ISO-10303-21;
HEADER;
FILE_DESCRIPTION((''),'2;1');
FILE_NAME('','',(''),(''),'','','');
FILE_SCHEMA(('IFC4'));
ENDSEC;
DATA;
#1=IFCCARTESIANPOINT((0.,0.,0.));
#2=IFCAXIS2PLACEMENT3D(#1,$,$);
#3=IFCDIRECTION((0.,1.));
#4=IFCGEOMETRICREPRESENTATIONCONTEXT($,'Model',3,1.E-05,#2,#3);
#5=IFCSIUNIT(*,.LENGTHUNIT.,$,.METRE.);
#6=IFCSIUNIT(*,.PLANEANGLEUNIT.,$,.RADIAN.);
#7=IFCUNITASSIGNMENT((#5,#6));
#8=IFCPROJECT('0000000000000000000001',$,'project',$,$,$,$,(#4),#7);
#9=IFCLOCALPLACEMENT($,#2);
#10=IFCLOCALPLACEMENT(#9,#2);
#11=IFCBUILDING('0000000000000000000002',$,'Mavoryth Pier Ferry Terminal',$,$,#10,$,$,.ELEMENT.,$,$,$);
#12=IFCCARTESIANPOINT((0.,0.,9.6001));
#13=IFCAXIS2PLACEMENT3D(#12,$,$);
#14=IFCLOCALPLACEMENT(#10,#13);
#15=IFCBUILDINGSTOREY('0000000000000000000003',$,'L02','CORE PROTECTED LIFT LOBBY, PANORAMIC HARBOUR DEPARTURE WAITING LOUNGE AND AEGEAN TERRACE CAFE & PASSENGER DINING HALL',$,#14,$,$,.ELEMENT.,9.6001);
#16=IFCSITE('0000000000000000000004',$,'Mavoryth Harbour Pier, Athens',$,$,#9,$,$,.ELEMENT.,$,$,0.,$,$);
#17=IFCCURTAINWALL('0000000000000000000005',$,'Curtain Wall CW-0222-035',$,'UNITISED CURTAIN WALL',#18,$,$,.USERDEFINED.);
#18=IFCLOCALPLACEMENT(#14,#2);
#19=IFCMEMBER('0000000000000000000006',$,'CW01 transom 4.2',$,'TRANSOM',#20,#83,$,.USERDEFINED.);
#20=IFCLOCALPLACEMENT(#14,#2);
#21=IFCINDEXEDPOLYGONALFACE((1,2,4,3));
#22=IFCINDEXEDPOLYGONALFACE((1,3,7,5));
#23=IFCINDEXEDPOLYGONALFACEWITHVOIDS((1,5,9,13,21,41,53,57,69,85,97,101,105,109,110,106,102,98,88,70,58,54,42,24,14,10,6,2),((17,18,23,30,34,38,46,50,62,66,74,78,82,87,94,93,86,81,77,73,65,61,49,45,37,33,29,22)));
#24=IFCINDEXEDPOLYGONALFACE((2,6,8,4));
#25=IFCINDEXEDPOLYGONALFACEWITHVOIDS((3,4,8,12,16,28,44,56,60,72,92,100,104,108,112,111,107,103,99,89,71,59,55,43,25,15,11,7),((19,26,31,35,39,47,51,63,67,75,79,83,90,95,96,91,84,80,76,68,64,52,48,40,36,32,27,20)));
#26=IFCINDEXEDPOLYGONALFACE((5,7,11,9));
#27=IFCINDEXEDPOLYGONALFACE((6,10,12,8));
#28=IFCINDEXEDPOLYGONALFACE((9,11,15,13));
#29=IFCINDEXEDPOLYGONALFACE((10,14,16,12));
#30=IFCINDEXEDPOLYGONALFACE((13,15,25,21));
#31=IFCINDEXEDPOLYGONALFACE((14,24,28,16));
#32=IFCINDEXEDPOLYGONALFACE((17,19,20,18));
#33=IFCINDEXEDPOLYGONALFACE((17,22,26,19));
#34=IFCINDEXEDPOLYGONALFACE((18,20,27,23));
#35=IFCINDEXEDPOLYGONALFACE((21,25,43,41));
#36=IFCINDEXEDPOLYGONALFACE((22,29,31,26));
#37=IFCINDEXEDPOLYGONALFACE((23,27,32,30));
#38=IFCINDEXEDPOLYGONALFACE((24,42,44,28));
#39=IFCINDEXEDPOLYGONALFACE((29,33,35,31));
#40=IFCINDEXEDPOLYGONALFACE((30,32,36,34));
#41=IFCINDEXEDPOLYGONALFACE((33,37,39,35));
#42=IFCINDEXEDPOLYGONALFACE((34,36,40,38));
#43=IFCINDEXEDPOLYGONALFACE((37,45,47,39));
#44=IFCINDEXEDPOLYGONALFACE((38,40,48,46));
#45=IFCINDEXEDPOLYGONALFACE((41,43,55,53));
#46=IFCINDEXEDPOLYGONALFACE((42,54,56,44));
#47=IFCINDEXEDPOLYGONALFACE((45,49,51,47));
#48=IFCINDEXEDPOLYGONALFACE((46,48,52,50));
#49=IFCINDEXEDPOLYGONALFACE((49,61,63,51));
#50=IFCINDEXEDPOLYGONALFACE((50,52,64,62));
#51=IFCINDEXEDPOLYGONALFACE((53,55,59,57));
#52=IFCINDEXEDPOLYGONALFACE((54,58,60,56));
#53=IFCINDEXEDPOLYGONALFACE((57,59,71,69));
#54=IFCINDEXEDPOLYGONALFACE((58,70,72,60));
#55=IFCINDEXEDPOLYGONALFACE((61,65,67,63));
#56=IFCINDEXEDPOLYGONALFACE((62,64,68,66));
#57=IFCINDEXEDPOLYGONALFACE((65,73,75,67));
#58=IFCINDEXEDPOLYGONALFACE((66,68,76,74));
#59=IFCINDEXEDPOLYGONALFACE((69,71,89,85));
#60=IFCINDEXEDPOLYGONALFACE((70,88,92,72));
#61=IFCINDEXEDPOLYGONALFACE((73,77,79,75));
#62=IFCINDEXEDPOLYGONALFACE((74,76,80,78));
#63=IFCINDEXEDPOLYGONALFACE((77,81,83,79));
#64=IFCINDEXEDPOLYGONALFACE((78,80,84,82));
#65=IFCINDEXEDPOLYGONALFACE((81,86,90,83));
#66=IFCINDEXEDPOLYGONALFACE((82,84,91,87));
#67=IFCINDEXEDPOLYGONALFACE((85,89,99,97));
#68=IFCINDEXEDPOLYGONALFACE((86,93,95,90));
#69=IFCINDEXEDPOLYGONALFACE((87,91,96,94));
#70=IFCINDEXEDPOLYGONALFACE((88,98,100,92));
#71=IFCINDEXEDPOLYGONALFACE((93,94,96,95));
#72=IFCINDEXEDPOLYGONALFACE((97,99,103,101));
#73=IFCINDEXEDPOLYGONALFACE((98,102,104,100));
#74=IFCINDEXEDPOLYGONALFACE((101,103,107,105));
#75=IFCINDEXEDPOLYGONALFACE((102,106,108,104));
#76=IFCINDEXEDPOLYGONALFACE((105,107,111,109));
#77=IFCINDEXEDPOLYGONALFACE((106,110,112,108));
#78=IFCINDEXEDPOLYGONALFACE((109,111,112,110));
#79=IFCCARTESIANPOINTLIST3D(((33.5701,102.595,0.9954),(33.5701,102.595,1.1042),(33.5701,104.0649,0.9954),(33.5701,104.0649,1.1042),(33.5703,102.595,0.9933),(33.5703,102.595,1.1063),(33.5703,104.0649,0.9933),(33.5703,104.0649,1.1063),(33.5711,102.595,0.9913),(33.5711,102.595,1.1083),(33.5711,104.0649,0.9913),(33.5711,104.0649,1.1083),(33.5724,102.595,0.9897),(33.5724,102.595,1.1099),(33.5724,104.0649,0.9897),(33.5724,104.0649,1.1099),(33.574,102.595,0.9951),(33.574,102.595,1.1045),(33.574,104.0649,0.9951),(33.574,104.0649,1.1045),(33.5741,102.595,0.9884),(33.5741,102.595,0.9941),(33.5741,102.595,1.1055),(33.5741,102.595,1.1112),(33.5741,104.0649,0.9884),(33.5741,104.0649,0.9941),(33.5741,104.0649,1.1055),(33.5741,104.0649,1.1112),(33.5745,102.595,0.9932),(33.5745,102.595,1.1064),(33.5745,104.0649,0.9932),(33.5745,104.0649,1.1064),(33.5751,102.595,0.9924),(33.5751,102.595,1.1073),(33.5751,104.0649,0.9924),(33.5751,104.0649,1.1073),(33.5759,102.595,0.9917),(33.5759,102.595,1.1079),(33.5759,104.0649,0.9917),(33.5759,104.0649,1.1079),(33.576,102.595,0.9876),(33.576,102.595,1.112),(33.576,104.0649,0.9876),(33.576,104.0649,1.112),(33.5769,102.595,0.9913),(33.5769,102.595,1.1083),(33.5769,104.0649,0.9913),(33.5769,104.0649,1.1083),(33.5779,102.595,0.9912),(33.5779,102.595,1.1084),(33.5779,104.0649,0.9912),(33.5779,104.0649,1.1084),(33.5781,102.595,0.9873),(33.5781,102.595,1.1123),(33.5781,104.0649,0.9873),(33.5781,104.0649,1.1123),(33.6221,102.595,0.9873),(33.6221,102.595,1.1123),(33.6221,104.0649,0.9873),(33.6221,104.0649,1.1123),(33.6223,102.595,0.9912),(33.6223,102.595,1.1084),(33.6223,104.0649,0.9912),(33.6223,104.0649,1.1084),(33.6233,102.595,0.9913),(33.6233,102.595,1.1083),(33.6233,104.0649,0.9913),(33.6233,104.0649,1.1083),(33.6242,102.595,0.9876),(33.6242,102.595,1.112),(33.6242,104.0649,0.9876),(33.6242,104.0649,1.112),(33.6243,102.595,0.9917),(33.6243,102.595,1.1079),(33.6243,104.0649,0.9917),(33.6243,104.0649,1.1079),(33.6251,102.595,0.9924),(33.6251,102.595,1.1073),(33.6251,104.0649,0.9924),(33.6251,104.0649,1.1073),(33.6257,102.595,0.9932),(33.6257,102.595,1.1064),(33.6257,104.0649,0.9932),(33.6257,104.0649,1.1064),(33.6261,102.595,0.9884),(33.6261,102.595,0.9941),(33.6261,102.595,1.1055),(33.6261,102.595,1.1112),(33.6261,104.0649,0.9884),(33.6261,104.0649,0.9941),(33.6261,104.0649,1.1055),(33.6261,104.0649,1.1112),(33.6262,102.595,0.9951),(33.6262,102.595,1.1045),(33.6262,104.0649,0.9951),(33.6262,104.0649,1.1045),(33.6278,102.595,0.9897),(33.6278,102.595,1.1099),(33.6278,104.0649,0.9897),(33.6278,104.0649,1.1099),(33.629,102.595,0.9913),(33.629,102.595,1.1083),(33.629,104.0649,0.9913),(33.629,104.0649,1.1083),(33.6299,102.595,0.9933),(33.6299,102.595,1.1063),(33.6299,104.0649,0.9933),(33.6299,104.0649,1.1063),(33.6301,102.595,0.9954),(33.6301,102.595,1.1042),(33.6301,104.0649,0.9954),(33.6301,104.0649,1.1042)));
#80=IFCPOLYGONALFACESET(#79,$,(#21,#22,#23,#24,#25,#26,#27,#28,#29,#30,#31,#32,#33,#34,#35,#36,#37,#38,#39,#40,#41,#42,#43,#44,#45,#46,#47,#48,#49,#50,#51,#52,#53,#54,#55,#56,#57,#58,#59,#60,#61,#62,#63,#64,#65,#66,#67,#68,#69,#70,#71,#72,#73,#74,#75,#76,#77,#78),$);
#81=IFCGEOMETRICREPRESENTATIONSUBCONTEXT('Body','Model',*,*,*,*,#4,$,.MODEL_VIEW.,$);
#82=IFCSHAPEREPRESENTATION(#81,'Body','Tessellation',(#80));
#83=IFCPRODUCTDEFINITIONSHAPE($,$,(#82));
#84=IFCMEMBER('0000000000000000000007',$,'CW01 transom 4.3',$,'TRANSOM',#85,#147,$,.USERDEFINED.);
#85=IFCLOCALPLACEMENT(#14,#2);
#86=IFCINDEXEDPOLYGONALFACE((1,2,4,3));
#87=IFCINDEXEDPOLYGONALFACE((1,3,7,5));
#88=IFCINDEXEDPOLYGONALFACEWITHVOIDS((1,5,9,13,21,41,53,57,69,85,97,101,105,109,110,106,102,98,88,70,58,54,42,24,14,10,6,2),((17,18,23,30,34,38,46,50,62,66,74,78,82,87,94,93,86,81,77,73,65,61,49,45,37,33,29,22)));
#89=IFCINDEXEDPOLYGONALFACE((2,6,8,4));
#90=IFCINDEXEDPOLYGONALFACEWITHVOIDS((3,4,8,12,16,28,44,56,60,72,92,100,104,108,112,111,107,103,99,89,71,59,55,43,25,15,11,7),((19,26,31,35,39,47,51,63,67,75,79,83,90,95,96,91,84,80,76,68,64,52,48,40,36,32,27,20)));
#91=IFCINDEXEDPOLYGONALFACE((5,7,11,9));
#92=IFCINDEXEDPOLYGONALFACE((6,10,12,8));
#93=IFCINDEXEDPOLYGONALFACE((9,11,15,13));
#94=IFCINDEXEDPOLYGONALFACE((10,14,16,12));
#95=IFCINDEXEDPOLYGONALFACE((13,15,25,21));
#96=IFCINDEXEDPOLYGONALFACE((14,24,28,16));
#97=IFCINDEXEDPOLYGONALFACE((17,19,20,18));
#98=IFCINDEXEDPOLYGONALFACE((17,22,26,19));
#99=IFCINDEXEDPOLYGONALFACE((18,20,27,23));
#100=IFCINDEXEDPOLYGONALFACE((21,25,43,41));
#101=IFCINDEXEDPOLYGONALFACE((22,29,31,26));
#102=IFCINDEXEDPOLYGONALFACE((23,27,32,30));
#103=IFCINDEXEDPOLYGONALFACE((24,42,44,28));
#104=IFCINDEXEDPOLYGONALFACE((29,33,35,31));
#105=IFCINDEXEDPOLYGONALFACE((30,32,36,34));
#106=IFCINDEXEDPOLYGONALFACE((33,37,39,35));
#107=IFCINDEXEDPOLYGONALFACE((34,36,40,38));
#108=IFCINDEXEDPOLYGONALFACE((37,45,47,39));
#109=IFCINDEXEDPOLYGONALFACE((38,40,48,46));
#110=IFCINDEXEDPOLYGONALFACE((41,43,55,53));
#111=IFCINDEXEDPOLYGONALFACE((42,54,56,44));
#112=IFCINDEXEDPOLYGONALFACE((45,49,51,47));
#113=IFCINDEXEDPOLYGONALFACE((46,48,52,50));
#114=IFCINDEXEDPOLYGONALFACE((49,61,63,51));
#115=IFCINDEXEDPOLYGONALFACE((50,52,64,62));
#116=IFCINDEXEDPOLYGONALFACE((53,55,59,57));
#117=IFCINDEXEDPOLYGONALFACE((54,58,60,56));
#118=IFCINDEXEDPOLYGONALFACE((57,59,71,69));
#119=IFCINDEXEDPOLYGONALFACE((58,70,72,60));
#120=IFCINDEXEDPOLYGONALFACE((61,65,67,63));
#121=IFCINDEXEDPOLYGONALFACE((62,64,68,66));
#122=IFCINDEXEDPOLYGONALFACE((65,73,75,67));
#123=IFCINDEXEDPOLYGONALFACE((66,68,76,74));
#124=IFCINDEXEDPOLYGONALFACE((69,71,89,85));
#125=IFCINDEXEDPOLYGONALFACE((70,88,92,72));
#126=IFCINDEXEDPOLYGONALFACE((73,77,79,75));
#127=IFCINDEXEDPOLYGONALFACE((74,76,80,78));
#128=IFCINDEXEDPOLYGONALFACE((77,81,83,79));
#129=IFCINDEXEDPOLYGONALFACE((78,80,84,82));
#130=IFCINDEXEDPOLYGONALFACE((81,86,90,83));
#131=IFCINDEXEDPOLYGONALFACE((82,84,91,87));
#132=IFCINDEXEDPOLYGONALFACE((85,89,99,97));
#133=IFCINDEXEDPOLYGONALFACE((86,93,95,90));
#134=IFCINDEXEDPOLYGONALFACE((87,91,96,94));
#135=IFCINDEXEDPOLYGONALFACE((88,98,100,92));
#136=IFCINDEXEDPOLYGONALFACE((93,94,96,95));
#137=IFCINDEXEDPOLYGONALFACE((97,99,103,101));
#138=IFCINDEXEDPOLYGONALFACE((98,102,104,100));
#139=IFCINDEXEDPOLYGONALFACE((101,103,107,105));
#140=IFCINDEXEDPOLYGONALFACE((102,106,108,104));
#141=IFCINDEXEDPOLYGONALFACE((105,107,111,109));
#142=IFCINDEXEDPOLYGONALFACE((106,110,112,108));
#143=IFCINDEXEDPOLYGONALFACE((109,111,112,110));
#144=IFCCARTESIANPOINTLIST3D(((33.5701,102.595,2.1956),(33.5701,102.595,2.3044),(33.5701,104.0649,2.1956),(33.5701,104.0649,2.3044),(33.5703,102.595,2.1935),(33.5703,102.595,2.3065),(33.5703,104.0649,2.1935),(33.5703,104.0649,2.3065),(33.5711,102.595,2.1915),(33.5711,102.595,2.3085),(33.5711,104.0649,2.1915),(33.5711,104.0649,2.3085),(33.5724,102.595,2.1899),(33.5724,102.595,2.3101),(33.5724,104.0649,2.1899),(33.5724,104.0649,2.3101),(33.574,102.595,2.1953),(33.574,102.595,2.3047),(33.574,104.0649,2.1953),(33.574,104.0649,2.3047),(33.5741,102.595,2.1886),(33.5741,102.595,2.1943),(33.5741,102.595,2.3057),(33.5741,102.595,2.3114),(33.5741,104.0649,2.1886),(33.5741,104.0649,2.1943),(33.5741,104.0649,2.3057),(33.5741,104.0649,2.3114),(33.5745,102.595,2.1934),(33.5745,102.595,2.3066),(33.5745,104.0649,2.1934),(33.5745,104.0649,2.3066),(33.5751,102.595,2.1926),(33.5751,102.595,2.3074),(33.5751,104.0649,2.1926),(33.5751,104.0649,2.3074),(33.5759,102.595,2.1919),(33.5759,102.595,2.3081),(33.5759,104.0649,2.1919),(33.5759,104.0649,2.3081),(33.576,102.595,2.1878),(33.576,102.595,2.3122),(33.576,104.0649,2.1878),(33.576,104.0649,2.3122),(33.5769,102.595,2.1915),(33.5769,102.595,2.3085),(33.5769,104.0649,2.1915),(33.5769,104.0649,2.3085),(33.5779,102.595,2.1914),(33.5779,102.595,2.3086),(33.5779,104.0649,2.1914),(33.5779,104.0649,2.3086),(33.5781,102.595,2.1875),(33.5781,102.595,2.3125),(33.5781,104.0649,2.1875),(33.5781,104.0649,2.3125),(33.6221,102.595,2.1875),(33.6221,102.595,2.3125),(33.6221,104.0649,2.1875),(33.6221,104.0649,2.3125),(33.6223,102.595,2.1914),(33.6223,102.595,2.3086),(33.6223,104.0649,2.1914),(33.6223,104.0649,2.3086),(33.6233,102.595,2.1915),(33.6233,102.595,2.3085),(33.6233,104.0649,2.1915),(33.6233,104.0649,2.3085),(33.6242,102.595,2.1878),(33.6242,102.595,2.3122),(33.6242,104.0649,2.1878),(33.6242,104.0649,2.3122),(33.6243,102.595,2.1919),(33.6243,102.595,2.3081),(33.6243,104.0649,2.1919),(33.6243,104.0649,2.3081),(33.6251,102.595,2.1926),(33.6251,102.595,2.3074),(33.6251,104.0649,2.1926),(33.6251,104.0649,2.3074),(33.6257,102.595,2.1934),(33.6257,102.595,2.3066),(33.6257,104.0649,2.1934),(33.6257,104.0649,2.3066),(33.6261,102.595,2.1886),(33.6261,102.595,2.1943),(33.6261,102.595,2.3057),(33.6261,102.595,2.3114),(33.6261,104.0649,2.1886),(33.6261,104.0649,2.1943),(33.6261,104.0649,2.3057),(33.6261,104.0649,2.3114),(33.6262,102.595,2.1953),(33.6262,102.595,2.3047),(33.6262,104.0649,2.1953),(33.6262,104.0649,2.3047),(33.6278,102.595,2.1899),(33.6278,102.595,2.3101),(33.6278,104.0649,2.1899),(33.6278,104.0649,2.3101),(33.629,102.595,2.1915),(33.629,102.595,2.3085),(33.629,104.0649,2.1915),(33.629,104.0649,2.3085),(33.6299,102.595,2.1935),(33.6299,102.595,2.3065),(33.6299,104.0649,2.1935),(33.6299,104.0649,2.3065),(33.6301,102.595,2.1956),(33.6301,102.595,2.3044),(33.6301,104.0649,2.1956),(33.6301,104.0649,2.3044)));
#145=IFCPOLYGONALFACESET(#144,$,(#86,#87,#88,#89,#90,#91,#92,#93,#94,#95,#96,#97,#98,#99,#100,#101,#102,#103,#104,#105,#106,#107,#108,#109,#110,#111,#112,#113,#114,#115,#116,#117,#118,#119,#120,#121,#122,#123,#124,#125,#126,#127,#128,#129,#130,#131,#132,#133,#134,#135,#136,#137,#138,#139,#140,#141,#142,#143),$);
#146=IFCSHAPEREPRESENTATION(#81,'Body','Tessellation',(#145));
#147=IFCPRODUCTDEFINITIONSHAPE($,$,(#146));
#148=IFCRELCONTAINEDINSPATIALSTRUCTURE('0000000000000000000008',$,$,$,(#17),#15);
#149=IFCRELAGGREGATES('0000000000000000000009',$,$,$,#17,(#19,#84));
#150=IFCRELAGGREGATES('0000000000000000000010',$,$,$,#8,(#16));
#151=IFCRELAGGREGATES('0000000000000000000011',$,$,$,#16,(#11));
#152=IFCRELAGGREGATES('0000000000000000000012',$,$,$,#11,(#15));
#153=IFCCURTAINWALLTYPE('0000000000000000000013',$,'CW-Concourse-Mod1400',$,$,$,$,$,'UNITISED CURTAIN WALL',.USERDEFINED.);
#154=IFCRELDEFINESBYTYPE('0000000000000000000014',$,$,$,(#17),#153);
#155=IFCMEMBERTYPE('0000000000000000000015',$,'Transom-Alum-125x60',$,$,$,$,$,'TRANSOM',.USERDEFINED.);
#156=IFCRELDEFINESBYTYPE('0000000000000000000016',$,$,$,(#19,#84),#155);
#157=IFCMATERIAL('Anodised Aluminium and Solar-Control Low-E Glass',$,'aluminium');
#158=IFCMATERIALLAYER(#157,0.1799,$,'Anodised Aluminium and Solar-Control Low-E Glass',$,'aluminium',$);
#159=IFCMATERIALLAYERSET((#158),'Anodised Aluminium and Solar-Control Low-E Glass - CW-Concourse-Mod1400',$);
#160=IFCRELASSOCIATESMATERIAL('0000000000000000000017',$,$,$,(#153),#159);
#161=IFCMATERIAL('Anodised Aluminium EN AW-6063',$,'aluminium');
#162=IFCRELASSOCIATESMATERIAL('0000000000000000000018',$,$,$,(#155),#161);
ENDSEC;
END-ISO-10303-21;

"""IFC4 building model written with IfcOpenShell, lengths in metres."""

from ifc_helpers import new_model, si_unit, direction, frame, origin, origin_2d, place, context, subcontext, project, spatial, hollow_rectangle, extrude, material, layer, layer_set, material_profile, profile_set, type_object, element, aggregate, save


model = new_model("IFC4")

# Units and contexts
model_context = context("Model", 3, precision=1e-05, world=origin(), true_north=direction((0.0, 1.0)))
body_context = subcontext(model_context, "Body", "Model", "MODEL_VIEW")
ifc_project = project(units=[si_unit("LENGTHUNIT", "METRE"), si_unit("PLANEANGLEUNIT", "RADIAN")], contexts=[model_context])

# Site, building, storey
site_placement = place(None, origin())
site = spatial("IfcSite", under=ifc_project, at=site_placement, Name="Mavoryth Harbour Pier, Athens", CompositionType="ELEMENT", RefElevation=0.0)
building_placement = place(site_placement, origin())
building = spatial("IfcBuilding", under=site, at=building_placement, Name="Mavoryth Pier Ferry Terminal", CompositionType="ELEMENT")
storey_placement = place(building_placement, frame((0.0, 0.0, 9.6001)))
storey = spatial("IfcBuildingStorey", under=building, at=storey_placement, Name="L02", Description="CORE PROTECTED LIFT LOBBY, PANORAMIC HARBOUR DEPARTURE WAITING LOUNGE AND AEGEAN TERRACE CAFE & PASSENGER DINING HALL", CompositionType="ELEMENT", Elevation=9.6001)

# Curtain wall
ifc_material_1 = material(Name="Anodised Aluminium and Solar-Control Low-E Glass", Category="aluminium")
ifc_layer_1 = layer(ifc_material_1, 0.1799, Name="Anodised Aluminium and Solar-Control Low-E Glass", Category="aluminium")
ifc_layer_set_1 = layer_set([ifc_layer_1], Name="Anodised Aluminium and Solar-Control Low-E Glass - CW-Concourse-Mod1400")
curtain_wall_type = type_object("IfcCurtainWallType", Name="CW-Concourse-Mod1400", ElementType="UNITISED CURTAIN WALL", PredefinedType="USERDEFINED", material=ifc_layer_set_1)
curtain_wall_placement = place(storey_placement, origin())
curtain_wall = element("IfcCurtainWall", 1, at=curtain_wall_placement, inside=storey, type_object=curtain_wall_type, Name="Curtain Wall CW-0222-035", ObjectType="UNITISED CURTAIN WALL", PredefinedType="USERDEFINED")
ifc_material_2 = material(Name="Anodised Aluminium EN AW-6063", Category="aluminium")

# Members
ifc_material_profile_1 = material_profile(ifc_material_2, hollow_rectangle(XDim=0.0601, YDim=0.125, WallThickness=0.0039, InnerFilletRadius=0.0039, OuterFilletRadius=0.0081, at=origin_2d()), Name="AL-TRAN 125x60x4", Category="aluminium")
ifc_profile_set_1 = profile_set([ifc_material_profile_1], Name="Anodised Aluminium EN AW-6063 - AL-TRAN 125x60x4")
member_type_1 = type_object("IfcMemberType", Name="Transom-Alum-125x60", ElementType="TRANSOM", PredefinedType="USERDEFINED", material=ifc_profile_set_1)
member_1_placement = place(storey_placement, frame((33.6001, 102.595, 1.0498), z_axis=(0.0, 1.0, 0.0), x_axis=(-1.0, 0.0, 0.0)))
member_1 = element("IfcMember", 2, at=member_1_placement, type_object=member_type_1, Name="CW01 transom 4.2", ObjectType="TRANSOM", PredefinedType="USERDEFINED", context=body_context, shape_type="SweptSolid", body=[
    extrude(hollow_rectangle(XDim=0.0601, YDim=0.125, WallThickness=0.0039, InnerFilletRadius=0.0039, OuterFilletRadius=0.0081, at=origin_2d()), origin(), (0.0, 0.0, 1.0), 1.47),
])
member_2_placement = place(storey_placement, frame((33.6001, 102.595, 2.25), z_axis=(0.0, 1.0, 0.0), x_axis=(-1.0, 0.0, 0.0)))
member_2 = element("IfcMember", 3, at=member_2_placement, type_object=member_type_1, Name="CW01 transom 4.3", ObjectType="TRANSOM", PredefinedType="USERDEFINED", context=body_context, shape_type="SweptSolid", body=[
    extrude(hollow_rectangle(XDim=0.0601, YDim=0.125, WallThickness=0.0039, InnerFilletRadius=0.0039, OuterFilletRadius=0.0081, at=origin_2d()), origin(), (0.0, 0.0, 1.0), 1.47),
])

aggregate(curtain_wall, [member_1, member_2])

save(model, "model.ifc")
